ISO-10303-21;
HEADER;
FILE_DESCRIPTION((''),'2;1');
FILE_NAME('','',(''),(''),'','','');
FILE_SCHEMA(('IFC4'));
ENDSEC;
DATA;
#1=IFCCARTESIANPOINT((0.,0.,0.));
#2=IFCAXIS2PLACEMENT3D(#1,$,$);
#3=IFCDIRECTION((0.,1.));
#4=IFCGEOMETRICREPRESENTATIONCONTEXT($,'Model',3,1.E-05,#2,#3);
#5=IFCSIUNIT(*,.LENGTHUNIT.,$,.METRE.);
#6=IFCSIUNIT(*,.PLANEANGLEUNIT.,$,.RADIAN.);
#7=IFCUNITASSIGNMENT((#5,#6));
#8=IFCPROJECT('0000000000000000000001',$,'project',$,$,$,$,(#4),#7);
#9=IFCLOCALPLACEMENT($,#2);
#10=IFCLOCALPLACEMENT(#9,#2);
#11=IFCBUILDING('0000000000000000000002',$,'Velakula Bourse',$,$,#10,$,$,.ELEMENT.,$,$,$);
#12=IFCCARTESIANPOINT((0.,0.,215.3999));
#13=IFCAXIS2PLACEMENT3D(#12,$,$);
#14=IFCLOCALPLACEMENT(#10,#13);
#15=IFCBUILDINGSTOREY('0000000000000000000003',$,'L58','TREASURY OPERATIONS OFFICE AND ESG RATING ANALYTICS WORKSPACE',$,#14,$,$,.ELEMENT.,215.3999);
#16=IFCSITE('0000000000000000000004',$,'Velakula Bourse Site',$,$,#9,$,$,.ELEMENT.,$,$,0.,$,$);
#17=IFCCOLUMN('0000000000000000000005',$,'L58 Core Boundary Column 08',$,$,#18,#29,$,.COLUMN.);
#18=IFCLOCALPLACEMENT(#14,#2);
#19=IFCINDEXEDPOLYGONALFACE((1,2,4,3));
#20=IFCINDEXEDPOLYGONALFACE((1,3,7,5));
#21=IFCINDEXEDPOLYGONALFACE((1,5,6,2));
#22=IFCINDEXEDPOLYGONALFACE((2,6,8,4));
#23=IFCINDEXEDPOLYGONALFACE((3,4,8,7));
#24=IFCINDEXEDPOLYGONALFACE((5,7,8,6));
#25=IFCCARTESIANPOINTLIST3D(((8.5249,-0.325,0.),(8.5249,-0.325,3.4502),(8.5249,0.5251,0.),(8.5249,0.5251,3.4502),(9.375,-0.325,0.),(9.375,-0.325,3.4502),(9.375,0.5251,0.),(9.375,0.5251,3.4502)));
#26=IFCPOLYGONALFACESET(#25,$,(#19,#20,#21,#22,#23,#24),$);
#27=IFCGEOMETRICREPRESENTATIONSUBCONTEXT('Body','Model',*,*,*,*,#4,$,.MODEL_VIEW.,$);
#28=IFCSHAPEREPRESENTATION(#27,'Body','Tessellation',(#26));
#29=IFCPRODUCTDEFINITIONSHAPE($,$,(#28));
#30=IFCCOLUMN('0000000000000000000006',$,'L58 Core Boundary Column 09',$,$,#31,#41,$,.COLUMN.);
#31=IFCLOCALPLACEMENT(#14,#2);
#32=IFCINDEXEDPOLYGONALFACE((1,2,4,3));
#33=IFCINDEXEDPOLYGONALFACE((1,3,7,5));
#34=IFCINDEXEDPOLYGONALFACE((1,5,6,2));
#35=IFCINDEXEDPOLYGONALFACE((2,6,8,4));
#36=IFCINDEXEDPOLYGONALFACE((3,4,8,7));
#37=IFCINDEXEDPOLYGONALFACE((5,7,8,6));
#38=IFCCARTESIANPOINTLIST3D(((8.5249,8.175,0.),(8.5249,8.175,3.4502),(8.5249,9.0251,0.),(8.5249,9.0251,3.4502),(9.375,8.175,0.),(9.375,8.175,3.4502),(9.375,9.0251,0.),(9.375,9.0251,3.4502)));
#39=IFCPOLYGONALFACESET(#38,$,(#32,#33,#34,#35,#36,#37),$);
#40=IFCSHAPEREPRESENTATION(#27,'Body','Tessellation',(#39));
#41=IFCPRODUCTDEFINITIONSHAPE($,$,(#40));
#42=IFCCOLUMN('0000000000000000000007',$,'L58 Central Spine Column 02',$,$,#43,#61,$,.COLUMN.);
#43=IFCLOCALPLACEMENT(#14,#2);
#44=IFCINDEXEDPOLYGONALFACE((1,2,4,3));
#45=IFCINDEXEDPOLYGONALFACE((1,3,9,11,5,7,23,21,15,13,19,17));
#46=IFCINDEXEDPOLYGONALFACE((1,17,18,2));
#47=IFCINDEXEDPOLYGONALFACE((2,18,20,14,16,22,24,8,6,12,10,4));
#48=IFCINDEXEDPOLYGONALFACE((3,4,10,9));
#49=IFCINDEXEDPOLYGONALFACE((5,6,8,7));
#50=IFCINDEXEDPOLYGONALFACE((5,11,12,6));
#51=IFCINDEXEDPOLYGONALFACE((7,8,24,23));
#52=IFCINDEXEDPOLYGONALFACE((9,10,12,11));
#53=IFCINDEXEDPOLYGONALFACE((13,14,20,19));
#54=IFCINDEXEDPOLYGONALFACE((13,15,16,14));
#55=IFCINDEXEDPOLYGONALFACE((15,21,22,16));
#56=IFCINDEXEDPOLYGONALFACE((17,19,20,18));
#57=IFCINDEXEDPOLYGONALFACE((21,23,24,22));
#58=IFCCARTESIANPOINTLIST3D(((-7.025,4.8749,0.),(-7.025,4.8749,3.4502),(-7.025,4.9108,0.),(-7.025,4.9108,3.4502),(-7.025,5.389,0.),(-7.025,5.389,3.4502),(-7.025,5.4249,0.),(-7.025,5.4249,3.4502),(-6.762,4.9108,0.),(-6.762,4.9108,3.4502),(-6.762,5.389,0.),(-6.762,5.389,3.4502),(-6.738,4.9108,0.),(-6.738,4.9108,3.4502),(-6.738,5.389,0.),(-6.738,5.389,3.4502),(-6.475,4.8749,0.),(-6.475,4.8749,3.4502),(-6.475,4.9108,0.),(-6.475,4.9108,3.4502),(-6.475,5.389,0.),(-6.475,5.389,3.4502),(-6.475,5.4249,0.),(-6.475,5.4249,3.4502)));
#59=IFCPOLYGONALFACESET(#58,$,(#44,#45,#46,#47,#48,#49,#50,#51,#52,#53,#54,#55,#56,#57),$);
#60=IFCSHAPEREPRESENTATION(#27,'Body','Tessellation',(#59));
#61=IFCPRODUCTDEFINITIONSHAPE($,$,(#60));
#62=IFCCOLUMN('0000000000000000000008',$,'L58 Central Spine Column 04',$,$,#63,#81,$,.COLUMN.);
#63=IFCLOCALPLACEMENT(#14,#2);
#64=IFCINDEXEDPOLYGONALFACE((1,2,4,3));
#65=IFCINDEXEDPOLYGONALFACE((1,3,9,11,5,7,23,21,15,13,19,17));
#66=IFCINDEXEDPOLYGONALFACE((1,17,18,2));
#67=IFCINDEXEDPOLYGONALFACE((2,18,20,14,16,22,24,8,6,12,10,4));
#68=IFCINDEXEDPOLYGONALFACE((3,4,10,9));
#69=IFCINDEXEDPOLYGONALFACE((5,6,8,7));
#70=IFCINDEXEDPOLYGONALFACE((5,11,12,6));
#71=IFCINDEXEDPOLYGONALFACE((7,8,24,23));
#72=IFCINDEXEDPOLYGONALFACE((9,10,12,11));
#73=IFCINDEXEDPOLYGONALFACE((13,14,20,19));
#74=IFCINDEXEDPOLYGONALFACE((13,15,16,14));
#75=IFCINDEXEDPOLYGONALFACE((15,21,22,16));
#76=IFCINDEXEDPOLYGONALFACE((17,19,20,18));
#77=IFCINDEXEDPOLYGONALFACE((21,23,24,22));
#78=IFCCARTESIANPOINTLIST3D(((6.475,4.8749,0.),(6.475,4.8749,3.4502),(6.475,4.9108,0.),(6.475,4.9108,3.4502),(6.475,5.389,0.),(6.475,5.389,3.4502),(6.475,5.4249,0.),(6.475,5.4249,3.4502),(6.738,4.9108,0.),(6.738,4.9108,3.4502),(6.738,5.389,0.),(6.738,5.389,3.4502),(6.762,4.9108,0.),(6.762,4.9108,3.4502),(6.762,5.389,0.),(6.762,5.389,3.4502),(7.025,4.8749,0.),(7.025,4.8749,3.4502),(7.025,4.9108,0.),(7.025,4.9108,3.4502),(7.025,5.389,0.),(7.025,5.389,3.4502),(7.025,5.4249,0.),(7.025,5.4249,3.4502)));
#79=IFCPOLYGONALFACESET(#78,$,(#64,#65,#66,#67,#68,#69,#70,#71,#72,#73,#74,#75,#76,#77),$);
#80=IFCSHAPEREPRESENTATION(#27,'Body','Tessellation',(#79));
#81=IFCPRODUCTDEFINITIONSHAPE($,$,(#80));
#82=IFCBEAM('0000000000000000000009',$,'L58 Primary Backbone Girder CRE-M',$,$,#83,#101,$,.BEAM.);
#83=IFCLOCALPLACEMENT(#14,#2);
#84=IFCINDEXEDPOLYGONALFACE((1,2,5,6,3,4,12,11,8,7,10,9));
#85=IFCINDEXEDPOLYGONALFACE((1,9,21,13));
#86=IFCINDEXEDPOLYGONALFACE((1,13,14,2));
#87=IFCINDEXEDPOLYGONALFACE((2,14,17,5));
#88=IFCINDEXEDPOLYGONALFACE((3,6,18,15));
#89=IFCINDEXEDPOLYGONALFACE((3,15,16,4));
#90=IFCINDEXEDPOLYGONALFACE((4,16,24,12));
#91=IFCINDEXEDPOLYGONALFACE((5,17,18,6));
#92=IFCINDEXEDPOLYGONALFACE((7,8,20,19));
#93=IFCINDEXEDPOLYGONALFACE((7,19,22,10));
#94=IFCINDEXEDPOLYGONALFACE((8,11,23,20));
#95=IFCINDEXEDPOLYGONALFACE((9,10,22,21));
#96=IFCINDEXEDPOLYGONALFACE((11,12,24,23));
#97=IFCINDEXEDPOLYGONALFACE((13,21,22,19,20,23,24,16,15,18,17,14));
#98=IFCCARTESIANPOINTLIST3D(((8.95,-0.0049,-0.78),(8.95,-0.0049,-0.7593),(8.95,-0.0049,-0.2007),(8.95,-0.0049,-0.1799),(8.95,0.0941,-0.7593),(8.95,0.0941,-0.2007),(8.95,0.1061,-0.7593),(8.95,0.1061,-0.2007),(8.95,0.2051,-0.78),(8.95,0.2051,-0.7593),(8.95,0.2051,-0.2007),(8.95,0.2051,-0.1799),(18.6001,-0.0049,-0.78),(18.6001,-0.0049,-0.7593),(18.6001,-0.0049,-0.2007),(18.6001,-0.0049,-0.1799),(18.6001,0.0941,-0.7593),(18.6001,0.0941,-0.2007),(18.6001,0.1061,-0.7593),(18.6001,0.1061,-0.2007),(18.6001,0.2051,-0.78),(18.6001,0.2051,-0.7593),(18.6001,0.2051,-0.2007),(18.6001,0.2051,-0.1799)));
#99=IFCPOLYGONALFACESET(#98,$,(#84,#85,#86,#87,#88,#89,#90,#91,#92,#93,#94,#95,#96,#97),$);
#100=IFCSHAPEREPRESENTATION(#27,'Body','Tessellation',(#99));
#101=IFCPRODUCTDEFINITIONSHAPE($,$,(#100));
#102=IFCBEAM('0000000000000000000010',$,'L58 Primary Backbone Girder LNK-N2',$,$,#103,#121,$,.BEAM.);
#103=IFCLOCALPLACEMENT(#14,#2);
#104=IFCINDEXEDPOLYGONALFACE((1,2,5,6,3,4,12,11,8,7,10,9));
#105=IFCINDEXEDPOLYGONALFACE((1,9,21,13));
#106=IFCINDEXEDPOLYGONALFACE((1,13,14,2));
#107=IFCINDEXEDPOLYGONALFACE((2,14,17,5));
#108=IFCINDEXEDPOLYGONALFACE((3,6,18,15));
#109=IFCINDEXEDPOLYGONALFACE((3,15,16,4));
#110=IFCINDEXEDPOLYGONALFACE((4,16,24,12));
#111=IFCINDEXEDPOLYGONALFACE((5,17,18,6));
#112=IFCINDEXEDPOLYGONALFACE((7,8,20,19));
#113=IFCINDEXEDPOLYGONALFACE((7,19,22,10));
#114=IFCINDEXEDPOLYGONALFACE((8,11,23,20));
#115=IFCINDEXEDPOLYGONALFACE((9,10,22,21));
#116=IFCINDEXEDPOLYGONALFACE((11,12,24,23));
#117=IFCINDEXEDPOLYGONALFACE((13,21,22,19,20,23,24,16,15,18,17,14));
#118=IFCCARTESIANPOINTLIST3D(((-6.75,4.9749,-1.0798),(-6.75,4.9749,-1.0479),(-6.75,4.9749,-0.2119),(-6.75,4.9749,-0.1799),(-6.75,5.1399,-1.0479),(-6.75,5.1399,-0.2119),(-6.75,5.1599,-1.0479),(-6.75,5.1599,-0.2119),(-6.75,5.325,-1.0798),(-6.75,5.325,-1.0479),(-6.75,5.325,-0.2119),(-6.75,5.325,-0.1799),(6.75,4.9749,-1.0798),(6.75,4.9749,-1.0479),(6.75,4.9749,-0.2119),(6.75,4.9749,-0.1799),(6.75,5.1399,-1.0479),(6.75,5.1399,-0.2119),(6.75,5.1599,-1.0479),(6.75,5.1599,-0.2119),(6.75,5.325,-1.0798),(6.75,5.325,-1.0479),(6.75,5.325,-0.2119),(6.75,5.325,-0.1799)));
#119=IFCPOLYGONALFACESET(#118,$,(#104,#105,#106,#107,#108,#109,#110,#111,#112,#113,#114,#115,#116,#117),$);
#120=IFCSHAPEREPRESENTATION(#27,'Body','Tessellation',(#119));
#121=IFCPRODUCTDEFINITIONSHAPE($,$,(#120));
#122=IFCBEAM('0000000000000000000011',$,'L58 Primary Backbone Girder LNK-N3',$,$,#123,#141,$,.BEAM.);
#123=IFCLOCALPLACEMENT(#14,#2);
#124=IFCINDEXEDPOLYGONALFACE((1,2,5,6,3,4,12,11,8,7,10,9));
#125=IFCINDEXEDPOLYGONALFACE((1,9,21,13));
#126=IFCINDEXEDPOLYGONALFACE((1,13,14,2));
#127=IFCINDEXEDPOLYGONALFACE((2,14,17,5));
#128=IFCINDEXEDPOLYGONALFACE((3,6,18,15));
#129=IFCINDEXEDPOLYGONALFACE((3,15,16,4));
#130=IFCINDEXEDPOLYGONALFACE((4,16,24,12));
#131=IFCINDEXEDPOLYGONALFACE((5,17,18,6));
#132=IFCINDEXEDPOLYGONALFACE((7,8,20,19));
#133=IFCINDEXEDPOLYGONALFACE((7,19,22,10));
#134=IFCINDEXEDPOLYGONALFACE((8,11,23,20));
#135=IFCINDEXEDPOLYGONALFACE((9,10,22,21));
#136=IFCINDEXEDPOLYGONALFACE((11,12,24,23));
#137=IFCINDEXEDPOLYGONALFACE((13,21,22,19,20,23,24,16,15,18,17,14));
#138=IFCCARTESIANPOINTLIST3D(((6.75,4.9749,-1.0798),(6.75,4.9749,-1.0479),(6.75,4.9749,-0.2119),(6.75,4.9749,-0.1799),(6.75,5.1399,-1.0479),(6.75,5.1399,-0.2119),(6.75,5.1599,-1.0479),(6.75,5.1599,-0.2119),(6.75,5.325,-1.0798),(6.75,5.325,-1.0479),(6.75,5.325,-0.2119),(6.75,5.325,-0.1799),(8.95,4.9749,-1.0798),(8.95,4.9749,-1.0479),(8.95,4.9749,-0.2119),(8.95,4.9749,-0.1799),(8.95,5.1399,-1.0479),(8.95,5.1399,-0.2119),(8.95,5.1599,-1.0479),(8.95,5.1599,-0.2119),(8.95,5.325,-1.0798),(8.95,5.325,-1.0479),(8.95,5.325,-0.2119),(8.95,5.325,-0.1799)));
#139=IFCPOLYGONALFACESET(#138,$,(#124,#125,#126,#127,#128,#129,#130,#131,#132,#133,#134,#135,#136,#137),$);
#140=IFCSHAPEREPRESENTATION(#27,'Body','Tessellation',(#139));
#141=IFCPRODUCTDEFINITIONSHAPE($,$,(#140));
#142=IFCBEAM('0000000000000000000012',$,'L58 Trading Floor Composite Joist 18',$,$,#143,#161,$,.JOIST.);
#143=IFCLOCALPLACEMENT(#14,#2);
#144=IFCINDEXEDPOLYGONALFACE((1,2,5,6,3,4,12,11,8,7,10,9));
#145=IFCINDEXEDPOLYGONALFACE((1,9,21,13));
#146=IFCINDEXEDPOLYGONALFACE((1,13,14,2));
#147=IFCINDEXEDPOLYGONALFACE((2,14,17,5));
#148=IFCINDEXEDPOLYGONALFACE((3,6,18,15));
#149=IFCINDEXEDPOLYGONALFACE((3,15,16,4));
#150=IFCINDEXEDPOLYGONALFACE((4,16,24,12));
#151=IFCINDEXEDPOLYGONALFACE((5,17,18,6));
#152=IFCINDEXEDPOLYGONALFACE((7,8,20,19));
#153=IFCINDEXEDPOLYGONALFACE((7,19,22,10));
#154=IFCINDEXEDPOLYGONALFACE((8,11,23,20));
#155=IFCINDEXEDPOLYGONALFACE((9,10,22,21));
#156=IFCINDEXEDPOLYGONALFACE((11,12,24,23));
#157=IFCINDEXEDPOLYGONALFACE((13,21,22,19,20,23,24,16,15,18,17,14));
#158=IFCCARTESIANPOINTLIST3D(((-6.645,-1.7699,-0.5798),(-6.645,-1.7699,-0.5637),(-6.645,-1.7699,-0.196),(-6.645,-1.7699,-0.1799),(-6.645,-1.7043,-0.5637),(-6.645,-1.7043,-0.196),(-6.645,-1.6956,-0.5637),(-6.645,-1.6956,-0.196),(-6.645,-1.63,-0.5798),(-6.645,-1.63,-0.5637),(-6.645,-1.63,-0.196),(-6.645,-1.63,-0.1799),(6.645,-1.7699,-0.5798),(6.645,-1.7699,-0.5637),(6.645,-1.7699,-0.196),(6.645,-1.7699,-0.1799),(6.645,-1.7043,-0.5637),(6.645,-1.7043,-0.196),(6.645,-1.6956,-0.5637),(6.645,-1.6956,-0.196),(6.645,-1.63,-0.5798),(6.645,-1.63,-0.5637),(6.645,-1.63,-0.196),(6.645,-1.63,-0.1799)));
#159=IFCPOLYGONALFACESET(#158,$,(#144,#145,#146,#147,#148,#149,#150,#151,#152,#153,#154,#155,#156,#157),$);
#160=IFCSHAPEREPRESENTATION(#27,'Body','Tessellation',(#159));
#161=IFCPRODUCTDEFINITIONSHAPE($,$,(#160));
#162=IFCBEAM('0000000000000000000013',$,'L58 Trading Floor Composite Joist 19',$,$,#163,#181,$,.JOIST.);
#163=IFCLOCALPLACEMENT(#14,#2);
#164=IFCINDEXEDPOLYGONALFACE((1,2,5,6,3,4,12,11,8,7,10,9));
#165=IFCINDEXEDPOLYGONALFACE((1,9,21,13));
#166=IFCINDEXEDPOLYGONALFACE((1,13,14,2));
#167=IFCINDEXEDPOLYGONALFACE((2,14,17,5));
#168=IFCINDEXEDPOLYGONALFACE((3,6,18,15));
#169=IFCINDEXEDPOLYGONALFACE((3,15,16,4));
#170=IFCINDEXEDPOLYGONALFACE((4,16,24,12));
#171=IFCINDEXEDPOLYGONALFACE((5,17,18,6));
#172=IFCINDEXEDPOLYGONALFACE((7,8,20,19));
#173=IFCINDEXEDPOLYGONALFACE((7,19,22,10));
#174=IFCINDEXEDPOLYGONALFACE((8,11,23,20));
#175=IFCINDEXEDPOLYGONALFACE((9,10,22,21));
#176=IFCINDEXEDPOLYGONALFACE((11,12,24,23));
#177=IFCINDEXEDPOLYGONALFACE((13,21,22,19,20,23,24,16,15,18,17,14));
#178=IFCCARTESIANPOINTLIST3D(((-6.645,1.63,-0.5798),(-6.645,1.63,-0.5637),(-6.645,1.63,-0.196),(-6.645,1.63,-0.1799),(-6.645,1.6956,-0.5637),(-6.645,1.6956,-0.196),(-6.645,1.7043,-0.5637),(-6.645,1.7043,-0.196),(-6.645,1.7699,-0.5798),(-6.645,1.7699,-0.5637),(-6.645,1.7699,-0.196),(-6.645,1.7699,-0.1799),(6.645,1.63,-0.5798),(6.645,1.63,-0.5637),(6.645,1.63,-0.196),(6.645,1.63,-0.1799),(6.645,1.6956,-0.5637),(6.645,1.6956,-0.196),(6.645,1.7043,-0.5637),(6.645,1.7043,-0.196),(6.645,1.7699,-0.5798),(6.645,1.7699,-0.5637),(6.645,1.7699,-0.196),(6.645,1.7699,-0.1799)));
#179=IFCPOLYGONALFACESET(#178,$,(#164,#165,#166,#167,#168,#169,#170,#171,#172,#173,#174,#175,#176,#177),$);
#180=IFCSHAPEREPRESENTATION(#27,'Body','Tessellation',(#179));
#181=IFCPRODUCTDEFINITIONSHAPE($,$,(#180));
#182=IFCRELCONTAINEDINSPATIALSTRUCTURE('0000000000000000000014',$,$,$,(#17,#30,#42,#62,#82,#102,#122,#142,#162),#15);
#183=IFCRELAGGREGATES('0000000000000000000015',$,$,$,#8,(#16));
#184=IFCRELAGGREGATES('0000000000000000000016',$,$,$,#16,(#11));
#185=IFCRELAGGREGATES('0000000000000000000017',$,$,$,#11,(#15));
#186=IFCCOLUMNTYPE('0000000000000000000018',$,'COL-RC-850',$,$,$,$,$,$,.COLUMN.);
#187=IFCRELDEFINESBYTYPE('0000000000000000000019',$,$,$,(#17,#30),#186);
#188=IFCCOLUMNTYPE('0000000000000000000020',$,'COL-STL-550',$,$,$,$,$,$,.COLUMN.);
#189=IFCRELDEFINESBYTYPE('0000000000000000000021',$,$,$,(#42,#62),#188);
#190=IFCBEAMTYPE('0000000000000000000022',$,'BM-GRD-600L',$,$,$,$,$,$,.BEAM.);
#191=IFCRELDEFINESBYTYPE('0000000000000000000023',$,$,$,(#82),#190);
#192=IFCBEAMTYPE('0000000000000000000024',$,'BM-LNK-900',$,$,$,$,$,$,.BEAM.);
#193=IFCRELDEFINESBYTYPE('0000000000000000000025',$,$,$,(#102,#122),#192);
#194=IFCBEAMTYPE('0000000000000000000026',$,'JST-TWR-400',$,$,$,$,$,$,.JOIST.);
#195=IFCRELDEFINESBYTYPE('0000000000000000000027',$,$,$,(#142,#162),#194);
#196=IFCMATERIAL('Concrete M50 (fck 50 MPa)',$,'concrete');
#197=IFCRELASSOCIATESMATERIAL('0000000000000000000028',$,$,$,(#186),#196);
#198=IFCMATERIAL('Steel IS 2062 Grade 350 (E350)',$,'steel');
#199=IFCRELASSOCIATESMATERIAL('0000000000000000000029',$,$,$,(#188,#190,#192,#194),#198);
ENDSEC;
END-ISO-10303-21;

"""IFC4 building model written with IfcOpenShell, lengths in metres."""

from ifc_helpers import new_model, si_unit, direction, frame, origin, origin_2d, place, context, subcontext, project, spatial, rectangle, i_section, extrude, material, material_profile, profile_set, type_object, element, save


model = new_model("IFC4")

# Units and contexts
model_context = context("Model", 3, precision=1e-05, world=origin(), true_north=direction((0.0, 1.0)))
body_context = subcontext(model_context, "Body", "Model", "MODEL_VIEW")
ifc_project = project(units=[si_unit("LENGTHUNIT", "METRE"), si_unit("PLANEANGLEUNIT", "RADIAN")], contexts=[model_context])

# Site, building, storey
site_placement = place(None, origin())
site = spatial("IfcSite", under=ifc_project, at=site_placement, Name="Velakula Bourse Site", CompositionType="ELEMENT", RefElevation=0.0)
building_placement = place(site_placement, origin())
building = spatial("IfcBuilding", under=site, at=building_placement, Name="Velakula Bourse", CompositionType="ELEMENT")
storey_placement = place(building_placement, frame((0.0, 0.0, 215.3999)))
storey = spatial("IfcBuildingStorey", under=building, at=storey_placement, Name="L58", Description="TREASURY OPERATIONS OFFICE AND ESG RATING ANALYTICS WORKSPACE", CompositionType="ELEMENT", Elevation=215.3999)

# Columns
ifc_material_1 = material(Name="Concrete M50 (fck 50 MPa)", Category="concrete")
ifc_material_profile_1 = material_profile(ifc_material_1, rectangle(XDim=0.8501, YDim=0.8501, at=origin_2d()), Name="Concrete M50 (fck 50 MPa)")
ifc_profile_set_1 = profile_set([ifc_material_profile_1], Name="Concrete M50 (fck 50 MPa)")
column_type_1 = type_object("IfcColumnType", Name="COL-RC-850", PredefinedType="COLUMN", material=ifc_profile_set_1)
for number, where, z_axis, x_axis, name in (
    (1, (8.95, 0.1001, 0.0), (0.0, 0.0, 1.0), (1.0, 0.0, 0.0), "L58 Core Boundary Column 08"),
    (2, (8.95, 8.6001, 0.0), (0.0, 0.0, 1.0), (1.0, 0.0, 0.0), "L58 Core Boundary Column 09"),
):
    element("IfcColumn", number, at=place(storey_placement, frame(where, z_axis=z_axis, x_axis=x_axis)), inside=storey, type_object=column_type_1, Name=name, PredefinedType="COLUMN", context=body_context, shape_type="SweptSolid", body=[
        extrude(rectangle(XDim=0.8501, YDim=0.8501, at=origin_2d()), origin(), (0.0, 0.0, 1.0), 3.4502),
    ])
ifc_material_2 = material(Name="Steel IS 2062 Grade 350 (E350)", Category="steel")
ifc_material_profile_2 = material_profile(ifc_material_2, i_section(OverallWidth=0.55, OverallDepth=0.55, WebThickness=0.0239, FlangeThickness=0.0359, at=origin_2d()), Name="Steel IS 2062 Grade 350 (E350)")
ifc_profile_set_2 = profile_set([ifc_material_profile_2], Name="Steel IS 2062 Grade 350 (E350)")
column_type_2 = type_object("IfcColumnType", Name="COL-STL-550", PredefinedType="COLUMN", material=ifc_profile_set_2)
for number, where, z_axis, x_axis, name in (
    (3, (-6.75, 5.1499, 0.0), (0.0, 0.0, 1.0), (1.0, 0.0, 0.0), "L58 Central Spine Column 02"),
    (4, (6.75, 5.1499, 0.0), (0.0, 0.0, 1.0), (1.0, 0.0, 0.0), "L58 Central Spine Column 04"),
):
    element("IfcColumn", number, at=place(storey_placement, frame(where, z_axis=z_axis, x_axis=x_axis)), inside=storey, type_object=column_type_2, Name=name, PredefinedType="COLUMN", context=body_context, shape_type="SweptSolid", body=[
        extrude(i_section(OverallWidth=0.55, OverallDepth=0.55, WebThickness=0.0239, FlangeThickness=0.0359, at=origin_2d()), origin(), (0.0, 0.0, 1.0), 3.4502),
    ])

# Beams
ifc_material_profile_3 = material_profile(ifc_material_2, i_section(OverallWidth=0.21, OverallDepth=0.6001, WebThickness=0.012, FlangeThickness=0.0208, at=origin_2d()), Name="Steel IS 2062 Grade 350 (E350)")
ifc_profile_set_3 = profile_set([ifc_material_profile_3], Name="Steel IS 2062 Grade 350 (E350)")
beam_type_1 = type_object("IfcBeamType", Name="BM-GRD-600L", PredefinedType="BEAM", material=ifc_profile_set_3)
beam_1_placement = place(storey_placement, frame((8.95, 0.1001, -0.48), z_axis=(1.0, 0.0, 0.0), x_axis=(0.0, 1.0, 0.0)))
element("IfcBeam", 5, at=beam_1_placement, inside=storey, type_object=beam_type_1, Name="L58 Primary Backbone Girder CRE-M", PredefinedType="BEAM", context=body_context, shape_type="SweptSolid", body=[
    extrude(i_section(OverallWidth=0.21, OverallDepth=0.6001, WebThickness=0.012, FlangeThickness=0.0208, at=origin_2d()), origin(), (0.0, 0.0, 1.0), 9.6501),
])
ifc_material_profile_4 = material_profile(ifc_material_2, i_section(OverallWidth=0.3501, OverallDepth=0.8999, WebThickness=0.02, FlangeThickness=0.032, at=origin_2d()), Name="Steel IS 2062 Grade 350 (E350)")
ifc_profile_set_4 = profile_set([ifc_material_profile_4], Name="Steel IS 2062 Grade 350 (E350)")
beam_type_2 = type_object("IfcBeamType", Name="BM-LNK-900", PredefinedType="BEAM", material=ifc_profile_set_4)
beam_2_placement = place(storey_placement, frame((-6.75, 5.1499, -0.6299), z_axis=(1.0, 0.0, 0.0), x_axis=(0.0, 1.0, 0.0)))
element("IfcBeam", 6, at=beam_2_placement, inside=storey, type_object=beam_type_2, Name="L58 Primary Backbone Girder LNK-N2", PredefinedType="BEAM", context=body_context, shape_type="SweptSolid", body=[
    extrude(i_section(OverallWidth=0.3501, OverallDepth=0.8999, WebThickness=0.02, FlangeThickness=0.032, at=origin_2d()), origin(), (0.0, 0.0, 1.0), 13.5),
])
beam_3_placement = place(storey_placement, frame((6.75, 5.1499, -0.6299), z_axis=(1.0, 0.0, 0.0), x_axis=(0.0, 1.0, 0.0)))
element("IfcBeam", 7, at=beam_3_placement, inside=storey, type_object=beam_type_2, Name="L58 Primary Backbone Girder LNK-N3", PredefinedType="BEAM", context=body_context, shape_type="SweptSolid", body=[
    extrude(i_section(OverallWidth=0.3501, OverallDepth=0.8999, WebThickness=0.02, FlangeThickness=0.032, at=origin_2d()), origin(), (0.0, 0.0, 1.0), 2.2),
])
ifc_material_profile_5 = material_profile(ifc_material_2, i_section(OverallWidth=0.1399, OverallDepth=0.3999, WebThickness=0.0088, FlangeThickness=0.0161, at=origin_2d()), Name="Steel IS 2062 Grade 350 (E350)")
ifc_profile_set_5 = profile_set([ifc_material_profile_5], Name="Steel IS 2062 Grade 350 (E350)")
beam_type_3 = type_object("IfcBeamType", Name="JST-TWR-400", PredefinedType="JOIST", material=ifc_profile_set_5)
for number, where, z_axis, x_axis, name in (
    (8, (-6.645, -1.7, -0.3799), (1.0, 0.0, 0.0), (0.0, 1.0, 0.0), "L58 Trading Floor Composite Joist 18"),
    (9, (-6.645, 1.7, -0.3799), (1.0, 0.0, 0.0), (0.0, 1.0, 0.0), "L58 Trading Floor Composite Joist 19"),
):
    element("IfcBeam", number, at=place(storey_placement, frame(where, z_axis=z_axis, x_axis=x_axis)), inside=storey, type_object=beam_type_3, Name=name, PredefinedType="JOIST", context=body_context, shape_type="SweptSolid", body=[
        extrude(i_section(OverallWidth=0.1399, OverallDepth=0.3999, WebThickness=0.0088, FlangeThickness=0.0161, at=origin_2d()), origin(), (0.0, 0.0, 1.0), 13.29),
    ])

save(model, "model.ifc")
